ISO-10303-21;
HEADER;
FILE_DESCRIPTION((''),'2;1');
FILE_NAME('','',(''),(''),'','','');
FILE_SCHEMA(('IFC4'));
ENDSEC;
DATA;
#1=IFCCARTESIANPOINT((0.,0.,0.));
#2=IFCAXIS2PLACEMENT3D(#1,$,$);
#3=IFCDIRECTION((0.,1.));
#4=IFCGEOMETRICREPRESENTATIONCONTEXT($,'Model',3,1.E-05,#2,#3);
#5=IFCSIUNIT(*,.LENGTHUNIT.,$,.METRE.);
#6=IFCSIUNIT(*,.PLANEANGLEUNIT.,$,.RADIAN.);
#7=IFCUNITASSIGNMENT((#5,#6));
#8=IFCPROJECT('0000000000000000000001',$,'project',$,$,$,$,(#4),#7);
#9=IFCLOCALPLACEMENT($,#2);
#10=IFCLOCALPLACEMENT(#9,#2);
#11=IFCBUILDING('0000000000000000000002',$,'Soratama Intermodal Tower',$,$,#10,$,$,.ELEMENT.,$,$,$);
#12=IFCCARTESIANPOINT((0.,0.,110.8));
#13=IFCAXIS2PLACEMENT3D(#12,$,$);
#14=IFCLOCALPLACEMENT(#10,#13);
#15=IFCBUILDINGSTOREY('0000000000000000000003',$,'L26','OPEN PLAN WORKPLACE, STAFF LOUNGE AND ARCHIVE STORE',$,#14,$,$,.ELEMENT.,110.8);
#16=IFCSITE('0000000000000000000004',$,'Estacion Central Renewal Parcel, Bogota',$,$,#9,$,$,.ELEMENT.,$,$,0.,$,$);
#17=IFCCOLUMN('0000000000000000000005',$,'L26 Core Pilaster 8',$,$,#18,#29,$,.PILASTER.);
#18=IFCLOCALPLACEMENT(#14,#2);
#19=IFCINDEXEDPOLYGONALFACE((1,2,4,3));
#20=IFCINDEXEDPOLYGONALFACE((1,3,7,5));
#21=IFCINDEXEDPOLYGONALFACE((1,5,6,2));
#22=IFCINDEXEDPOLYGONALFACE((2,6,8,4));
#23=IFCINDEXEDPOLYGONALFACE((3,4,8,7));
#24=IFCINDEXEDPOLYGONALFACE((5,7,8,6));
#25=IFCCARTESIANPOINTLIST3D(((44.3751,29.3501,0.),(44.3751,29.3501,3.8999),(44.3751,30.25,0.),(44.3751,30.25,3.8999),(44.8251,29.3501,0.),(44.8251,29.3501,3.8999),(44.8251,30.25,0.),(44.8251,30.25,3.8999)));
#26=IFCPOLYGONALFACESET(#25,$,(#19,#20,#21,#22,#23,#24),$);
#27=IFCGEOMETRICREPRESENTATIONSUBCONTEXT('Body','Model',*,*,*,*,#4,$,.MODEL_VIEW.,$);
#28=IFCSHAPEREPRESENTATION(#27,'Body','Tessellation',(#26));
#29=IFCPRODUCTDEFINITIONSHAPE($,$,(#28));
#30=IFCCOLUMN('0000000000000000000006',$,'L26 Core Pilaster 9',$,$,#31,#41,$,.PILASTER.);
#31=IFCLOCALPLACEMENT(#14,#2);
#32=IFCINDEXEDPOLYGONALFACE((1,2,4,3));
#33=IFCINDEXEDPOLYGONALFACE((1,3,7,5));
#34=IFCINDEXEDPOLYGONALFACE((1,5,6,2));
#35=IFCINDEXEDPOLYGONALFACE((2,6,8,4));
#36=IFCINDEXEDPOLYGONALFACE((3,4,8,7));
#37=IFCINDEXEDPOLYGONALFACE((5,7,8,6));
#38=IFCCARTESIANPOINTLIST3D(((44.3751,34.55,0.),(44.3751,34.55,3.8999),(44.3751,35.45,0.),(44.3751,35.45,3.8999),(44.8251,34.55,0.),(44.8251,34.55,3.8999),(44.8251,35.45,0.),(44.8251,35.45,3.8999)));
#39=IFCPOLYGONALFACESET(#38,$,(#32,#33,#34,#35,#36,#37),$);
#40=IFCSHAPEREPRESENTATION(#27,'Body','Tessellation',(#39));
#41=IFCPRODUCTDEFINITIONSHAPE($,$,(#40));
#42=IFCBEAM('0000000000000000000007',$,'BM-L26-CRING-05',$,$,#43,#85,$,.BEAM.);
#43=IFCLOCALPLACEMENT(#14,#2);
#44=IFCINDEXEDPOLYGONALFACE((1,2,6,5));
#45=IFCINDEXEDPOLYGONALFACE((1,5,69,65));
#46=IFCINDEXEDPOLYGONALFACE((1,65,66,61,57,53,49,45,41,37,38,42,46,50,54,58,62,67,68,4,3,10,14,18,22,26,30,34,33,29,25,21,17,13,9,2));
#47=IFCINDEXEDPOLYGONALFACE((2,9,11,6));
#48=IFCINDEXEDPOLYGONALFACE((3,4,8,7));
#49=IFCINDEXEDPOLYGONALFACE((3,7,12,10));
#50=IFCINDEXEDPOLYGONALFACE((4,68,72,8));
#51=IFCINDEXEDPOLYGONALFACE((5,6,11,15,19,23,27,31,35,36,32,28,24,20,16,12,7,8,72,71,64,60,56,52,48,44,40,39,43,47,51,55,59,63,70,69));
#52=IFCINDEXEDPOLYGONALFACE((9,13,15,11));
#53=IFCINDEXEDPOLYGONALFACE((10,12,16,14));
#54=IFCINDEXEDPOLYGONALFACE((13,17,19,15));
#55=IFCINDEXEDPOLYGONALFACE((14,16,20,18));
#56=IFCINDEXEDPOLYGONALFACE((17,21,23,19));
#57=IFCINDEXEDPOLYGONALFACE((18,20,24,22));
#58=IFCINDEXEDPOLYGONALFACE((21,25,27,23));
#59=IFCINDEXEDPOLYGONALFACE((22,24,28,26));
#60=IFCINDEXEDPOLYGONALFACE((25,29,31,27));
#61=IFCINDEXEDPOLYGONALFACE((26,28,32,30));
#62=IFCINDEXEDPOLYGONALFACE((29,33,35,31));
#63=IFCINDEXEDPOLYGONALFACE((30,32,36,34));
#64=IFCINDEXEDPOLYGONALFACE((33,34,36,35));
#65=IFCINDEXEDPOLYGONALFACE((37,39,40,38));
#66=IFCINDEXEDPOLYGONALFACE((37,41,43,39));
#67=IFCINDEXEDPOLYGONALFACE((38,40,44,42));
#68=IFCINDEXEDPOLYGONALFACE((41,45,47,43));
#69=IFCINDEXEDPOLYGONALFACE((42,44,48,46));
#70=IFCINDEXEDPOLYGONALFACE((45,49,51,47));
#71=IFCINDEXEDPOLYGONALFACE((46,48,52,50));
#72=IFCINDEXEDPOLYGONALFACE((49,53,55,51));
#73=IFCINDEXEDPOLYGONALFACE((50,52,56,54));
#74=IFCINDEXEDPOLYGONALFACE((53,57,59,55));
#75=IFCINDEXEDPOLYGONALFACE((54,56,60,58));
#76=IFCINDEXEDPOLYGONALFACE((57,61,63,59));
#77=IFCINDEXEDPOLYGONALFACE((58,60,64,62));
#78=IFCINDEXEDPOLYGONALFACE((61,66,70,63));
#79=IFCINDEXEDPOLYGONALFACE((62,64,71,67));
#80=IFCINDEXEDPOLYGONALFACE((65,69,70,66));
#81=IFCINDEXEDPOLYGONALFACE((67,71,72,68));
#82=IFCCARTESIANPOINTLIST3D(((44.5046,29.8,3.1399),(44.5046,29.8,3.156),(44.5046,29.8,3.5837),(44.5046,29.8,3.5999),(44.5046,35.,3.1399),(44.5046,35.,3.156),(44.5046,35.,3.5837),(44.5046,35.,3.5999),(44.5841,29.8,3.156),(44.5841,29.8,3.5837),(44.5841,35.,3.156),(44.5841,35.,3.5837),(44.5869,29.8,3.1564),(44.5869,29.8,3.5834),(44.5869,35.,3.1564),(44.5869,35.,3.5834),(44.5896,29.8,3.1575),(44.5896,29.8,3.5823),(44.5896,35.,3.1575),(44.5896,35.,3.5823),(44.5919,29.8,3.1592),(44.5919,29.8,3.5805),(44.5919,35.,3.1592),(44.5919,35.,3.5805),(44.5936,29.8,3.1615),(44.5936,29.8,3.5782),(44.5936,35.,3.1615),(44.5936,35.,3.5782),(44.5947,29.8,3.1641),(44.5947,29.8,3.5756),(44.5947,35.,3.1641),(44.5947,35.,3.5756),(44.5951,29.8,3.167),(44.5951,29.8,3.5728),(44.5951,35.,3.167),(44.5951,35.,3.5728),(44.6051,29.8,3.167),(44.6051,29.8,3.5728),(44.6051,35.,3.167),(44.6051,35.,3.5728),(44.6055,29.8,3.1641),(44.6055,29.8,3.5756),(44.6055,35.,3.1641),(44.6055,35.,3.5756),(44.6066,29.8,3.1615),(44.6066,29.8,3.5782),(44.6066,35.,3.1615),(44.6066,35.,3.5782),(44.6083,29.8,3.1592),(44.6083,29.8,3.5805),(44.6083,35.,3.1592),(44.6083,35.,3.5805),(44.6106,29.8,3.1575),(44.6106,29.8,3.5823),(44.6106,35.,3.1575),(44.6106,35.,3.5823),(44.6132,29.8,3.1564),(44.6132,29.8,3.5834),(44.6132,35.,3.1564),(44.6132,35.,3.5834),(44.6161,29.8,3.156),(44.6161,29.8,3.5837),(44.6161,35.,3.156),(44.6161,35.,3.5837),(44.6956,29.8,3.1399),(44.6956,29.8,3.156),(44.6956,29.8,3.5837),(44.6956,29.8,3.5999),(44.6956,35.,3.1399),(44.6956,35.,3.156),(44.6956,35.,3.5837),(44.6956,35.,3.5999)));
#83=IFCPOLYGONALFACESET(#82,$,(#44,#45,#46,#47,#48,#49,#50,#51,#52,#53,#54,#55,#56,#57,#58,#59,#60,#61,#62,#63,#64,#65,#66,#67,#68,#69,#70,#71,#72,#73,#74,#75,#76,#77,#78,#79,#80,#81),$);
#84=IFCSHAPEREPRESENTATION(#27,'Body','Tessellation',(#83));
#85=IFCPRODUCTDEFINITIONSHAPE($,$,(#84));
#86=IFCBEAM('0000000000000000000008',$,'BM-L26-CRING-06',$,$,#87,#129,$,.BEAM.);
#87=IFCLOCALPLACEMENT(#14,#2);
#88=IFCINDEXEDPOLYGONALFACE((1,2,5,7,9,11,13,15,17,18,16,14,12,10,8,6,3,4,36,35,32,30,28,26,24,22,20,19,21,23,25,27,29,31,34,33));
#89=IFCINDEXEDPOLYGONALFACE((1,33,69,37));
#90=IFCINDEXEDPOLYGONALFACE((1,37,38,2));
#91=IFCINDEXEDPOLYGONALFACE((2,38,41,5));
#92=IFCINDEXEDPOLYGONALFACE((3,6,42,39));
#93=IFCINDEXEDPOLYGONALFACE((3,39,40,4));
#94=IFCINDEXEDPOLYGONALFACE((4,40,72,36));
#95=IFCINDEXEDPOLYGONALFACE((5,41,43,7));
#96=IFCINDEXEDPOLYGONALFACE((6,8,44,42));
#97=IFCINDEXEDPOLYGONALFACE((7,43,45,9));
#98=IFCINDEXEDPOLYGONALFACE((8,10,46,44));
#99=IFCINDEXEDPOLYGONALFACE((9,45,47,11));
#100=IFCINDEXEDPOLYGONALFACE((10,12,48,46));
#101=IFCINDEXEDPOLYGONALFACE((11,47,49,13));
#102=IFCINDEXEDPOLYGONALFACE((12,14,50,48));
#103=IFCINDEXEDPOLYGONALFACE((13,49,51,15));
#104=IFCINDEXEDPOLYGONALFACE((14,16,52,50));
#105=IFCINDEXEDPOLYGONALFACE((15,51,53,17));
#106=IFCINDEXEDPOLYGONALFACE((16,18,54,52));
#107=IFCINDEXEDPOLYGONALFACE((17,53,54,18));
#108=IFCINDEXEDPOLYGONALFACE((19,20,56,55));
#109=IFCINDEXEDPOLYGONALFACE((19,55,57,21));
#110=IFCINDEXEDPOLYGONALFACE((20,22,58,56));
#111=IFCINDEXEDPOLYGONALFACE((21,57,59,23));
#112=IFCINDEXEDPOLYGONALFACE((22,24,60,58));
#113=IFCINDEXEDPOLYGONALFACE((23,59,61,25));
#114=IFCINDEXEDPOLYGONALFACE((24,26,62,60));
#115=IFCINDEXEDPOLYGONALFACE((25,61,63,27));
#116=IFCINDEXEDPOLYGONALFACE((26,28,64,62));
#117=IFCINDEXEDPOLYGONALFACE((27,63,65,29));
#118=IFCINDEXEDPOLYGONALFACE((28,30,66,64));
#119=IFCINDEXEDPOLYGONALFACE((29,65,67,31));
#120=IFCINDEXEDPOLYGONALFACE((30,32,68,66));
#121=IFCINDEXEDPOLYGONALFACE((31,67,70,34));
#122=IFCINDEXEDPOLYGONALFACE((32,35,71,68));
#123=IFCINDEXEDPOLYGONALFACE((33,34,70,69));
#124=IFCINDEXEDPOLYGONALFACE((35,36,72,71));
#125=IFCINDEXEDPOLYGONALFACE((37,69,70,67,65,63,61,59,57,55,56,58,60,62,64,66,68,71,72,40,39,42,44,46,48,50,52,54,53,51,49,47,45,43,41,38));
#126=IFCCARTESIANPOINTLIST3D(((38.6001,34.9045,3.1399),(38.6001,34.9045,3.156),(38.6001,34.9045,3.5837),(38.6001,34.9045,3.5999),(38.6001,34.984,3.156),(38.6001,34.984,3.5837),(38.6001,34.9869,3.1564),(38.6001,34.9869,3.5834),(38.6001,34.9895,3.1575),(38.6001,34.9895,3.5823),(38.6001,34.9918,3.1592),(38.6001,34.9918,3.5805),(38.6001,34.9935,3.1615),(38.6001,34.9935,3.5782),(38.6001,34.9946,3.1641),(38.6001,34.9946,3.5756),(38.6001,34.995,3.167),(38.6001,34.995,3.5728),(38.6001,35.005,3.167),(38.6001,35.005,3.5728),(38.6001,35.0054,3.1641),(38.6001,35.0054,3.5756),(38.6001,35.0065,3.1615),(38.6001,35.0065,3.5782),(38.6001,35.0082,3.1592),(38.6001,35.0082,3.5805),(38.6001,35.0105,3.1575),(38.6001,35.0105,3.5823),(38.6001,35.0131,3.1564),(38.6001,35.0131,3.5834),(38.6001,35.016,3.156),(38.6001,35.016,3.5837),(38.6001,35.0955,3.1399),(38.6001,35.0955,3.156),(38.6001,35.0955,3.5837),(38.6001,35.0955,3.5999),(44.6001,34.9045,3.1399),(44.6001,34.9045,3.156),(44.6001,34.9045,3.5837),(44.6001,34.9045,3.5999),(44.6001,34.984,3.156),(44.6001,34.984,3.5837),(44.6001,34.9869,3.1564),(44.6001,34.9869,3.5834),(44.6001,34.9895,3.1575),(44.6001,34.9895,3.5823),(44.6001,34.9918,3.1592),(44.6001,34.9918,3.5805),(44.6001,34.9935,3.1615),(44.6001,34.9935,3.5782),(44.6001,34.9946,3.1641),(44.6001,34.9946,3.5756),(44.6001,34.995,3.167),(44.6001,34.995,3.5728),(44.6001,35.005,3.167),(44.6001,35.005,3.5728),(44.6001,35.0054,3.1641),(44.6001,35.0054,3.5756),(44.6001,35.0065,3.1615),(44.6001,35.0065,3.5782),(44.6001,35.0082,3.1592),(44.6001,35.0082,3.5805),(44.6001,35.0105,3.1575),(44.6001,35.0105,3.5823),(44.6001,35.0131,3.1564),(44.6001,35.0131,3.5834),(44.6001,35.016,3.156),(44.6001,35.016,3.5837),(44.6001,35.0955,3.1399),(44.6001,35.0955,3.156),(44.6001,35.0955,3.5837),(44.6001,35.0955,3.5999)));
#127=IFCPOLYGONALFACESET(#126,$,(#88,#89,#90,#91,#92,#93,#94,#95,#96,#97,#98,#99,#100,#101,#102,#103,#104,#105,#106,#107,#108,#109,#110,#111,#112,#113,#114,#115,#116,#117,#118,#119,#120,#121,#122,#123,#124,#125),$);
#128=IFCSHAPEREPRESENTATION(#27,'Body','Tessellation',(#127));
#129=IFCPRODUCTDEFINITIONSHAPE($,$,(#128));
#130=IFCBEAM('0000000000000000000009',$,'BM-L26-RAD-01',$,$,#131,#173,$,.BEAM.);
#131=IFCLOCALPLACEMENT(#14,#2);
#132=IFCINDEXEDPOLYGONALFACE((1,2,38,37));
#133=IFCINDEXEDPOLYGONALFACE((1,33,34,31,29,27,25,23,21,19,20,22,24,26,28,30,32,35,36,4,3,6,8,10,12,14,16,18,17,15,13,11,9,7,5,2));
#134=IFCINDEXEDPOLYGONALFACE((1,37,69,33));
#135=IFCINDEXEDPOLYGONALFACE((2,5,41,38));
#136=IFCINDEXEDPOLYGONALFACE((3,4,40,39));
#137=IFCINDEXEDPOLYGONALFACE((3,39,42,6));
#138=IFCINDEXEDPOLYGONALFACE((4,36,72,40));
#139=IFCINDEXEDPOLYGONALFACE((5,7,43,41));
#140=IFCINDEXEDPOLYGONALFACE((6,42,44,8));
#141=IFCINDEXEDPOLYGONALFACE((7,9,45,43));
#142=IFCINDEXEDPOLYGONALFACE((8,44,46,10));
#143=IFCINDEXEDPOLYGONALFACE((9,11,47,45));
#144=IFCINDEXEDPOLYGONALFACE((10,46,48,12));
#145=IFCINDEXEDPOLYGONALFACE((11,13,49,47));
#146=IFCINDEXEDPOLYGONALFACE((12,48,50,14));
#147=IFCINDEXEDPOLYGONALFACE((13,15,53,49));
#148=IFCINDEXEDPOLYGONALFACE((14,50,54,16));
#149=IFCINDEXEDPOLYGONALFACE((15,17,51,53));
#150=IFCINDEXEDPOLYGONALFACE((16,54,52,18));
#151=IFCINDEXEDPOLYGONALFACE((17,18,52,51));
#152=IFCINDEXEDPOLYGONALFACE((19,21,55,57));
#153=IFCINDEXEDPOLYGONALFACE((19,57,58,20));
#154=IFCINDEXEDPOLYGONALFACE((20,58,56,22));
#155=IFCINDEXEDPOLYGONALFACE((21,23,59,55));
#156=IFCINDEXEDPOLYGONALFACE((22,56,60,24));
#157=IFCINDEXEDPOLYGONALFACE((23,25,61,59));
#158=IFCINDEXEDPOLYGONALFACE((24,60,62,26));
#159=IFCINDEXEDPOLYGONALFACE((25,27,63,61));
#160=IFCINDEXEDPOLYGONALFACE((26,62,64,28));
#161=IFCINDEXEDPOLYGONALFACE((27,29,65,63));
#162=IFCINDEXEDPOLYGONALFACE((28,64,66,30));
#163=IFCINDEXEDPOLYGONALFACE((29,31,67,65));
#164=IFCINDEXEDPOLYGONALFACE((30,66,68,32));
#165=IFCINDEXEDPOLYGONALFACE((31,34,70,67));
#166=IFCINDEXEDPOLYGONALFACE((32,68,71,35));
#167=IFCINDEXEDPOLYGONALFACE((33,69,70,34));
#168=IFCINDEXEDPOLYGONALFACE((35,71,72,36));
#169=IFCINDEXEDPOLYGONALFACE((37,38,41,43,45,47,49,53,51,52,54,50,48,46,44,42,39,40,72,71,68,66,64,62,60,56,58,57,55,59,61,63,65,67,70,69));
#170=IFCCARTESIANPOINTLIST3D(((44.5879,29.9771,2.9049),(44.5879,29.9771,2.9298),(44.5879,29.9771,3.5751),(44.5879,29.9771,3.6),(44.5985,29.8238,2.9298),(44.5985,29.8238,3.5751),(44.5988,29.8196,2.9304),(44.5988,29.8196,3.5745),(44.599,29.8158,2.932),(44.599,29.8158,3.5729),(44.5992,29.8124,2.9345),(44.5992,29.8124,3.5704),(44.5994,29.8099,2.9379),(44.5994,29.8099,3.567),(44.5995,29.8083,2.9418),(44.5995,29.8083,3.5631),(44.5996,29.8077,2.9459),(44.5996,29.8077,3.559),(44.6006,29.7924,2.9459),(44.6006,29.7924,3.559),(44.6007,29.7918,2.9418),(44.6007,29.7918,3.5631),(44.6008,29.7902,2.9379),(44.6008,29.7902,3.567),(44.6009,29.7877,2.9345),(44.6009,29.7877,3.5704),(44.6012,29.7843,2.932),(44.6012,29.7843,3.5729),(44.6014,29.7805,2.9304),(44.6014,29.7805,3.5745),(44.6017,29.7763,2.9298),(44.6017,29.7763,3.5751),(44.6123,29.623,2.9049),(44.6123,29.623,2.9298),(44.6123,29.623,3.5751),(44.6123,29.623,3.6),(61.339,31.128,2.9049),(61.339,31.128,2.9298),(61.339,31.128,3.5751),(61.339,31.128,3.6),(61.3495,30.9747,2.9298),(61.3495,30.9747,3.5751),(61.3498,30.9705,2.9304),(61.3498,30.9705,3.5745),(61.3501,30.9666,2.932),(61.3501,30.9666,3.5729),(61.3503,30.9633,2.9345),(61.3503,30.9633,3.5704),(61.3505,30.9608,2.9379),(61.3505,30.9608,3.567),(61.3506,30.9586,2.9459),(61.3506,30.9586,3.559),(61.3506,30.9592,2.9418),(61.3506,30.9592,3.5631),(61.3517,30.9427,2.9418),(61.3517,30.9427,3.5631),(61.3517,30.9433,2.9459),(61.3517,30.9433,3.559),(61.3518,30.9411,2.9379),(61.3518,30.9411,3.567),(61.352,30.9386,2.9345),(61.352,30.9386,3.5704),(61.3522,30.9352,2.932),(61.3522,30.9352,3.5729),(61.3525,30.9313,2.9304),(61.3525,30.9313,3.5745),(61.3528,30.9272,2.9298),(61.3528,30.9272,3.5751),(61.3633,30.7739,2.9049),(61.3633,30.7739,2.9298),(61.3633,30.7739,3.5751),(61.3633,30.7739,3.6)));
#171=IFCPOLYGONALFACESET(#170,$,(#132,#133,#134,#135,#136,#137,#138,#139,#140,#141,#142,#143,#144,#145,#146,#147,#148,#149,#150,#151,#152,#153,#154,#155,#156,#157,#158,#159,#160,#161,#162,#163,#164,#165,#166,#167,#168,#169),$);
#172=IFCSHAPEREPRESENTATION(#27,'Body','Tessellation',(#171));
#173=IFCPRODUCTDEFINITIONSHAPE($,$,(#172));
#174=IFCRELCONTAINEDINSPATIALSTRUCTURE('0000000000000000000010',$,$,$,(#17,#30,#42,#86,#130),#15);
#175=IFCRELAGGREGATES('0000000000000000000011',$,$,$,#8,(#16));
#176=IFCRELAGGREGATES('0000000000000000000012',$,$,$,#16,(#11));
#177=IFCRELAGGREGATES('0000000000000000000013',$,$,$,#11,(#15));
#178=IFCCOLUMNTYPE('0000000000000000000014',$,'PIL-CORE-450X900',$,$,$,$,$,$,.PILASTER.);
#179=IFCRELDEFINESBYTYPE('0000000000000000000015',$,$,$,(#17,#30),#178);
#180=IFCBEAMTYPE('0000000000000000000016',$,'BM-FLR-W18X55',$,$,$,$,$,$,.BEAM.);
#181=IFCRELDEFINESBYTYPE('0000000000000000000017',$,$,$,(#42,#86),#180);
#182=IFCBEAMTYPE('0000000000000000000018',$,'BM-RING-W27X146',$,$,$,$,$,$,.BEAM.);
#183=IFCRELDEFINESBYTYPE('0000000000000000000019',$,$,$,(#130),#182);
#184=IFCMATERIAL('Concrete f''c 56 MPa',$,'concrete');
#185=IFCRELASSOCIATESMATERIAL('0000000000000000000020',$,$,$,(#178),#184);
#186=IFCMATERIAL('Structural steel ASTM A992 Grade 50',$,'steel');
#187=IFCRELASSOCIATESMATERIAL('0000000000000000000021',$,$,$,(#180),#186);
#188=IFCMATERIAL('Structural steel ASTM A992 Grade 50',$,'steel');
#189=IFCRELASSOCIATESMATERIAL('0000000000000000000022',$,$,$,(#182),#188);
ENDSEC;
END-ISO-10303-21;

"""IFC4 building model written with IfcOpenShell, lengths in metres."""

from ifc_helpers import new_model, si_unit, direction, frame, origin, origin_2d, place, context, subcontext, project, spatial, rectangle, i_section, extrude, material, material_profile, profile_set, type_object, element, save


model = new_model("IFC4")

# Units and contexts
model_context = context("Model", 3, precision=1e-05, world=origin(), true_north=direction((0.0, 1.0)))
body_context = subcontext(model_context, "Body", "Model", "MODEL_VIEW")
ifc_project = project(units=[si_unit("LENGTHUNIT", "METRE"), si_unit("PLANEANGLEUNIT", "RADIAN")], contexts=[model_context])

# Site, building, storey
site_placement = place(None, origin())
site = spatial("IfcSite", under=ifc_project, at=site_placement, Name="Estacion Central Renewal Parcel, Bogota", CompositionType="ELEMENT", RefElevation=0.0)
building_placement = place(site_placement, origin())
building = spatial("IfcBuilding", under=site, at=building_placement, Name="Soratama Intermodal Tower", CompositionType="ELEMENT")
storey_placement = place(building_placement, frame((0.0, 0.0, 110.8)))
storey = spatial("IfcBuildingStorey", under=building, at=storey_placement, Name="L26", Description="OPEN PLAN WORKPLACE, STAFF LOUNGE AND ARCHIVE STORE", CompositionType="ELEMENT", Elevation=110.8)

# Columns
ifc_material_1 = material(Name="Concrete f'c 56 MPa", Category="concrete")
ifc_material_profile_1 = material_profile(ifc_material_1, rectangle(XDim=0.45, YDim=0.8999, at=origin_2d()), Name="RC450X900")
ifc_profile_set_1 = profile_set([ifc_material_profile_1], Name="Concrete f'c 56 MPa")
column_type = type_object("IfcColumnType", Name="PIL-CORE-450X900", PredefinedType="PILASTER", material=ifc_profile_set_1)
for number, where, z_axis, x_axis, name in (
    (1, (44.6001, 29.8, 0.0), (0.0, 0.0, 1.0), (1.0, 0.0, 0.0), "L26 Core Pilaster 8"),
    (2, (44.6001, 35.0, 0.0), (0.0, 0.0, 1.0), (1.0, 0.0, 0.0), "L26 Core Pilaster 9"),
):
    element("IfcColumn", number, at=place(storey_placement, frame(where, z_axis=z_axis, x_axis=x_axis)), inside=storey, type_object=column_type, Name=name, PredefinedType="PILASTER", context=body_context, shape_type="SweptSolid", body=[
        extrude(rectangle(XDim=0.45, YDim=0.8999, at=origin_2d()), origin(), (0.0, 0.0, 1.0), 3.8999),
    ])

# Beams
ifc_material_2 = material(Name="Structural steel ASTM A992 Grade 50", Category="steel")
ifc_material_profile_2 = material_profile(ifc_material_2, i_section(OverallWidth=0.1909, OverallDepth=0.46, WebThickness=0.01, FlangeThickness=0.0161, FilletRadius=0.011, at=origin_2d()), Name="W18X55")
ifc_profile_set_2 = profile_set([ifc_material_profile_2], Name="Structural steel ASTM A992 Grade 50")
beam_type_1 = type_object("IfcBeamType", Name="BM-FLR-W18X55", PredefinedType="BEAM", material=ifc_profile_set_2)
beam_1_placement = place(storey_placement, frame((44.6001, 29.8, 3.3699), z_axis=(0.0, 1.0, 0.0), x_axis=(-1.0, 0.0, 0.0)))
element("IfcBeam", 3, at=beam_1_placement, inside=storey, type_object=beam_type_1, Name="BM-L26-CRING-05", PredefinedType="BEAM", context=body_context, shape_type="SweptSolid", body=[
    extrude(i_section(OverallWidth=0.1909, OverallDepth=0.46, WebThickness=0.01, FlangeThickness=0.0161, FilletRadius=0.011, at=origin_2d()), origin(), (0.0, 0.0, 1.0), 5.2),
])
beam_2_placement = place(storey_placement, frame((44.6001, 35.0, 3.3699), z_axis=(-1.0, 0.0, 0.0), x_axis=(0.0, -1.0, 0.0)))
element("IfcBeam", 4, at=beam_2_placement, inside=storey, type_object=beam_type_1, Name="BM-L26-CRING-06", PredefinedType="BEAM", context=body_context, shape_type="SweptSolid", body=[
    extrude(i_section(OverallWidth=0.1909, OverallDepth=0.46, WebThickness=0.01, FlangeThickness=0.0161, FilletRadius=0.011, at=origin_2d()), origin(), (0.0, 0.0, 1.0), 6.0),
])
ifc_material_3 = material(Name="Structural steel ASTM A992 Grade 50", Category="steel")
ifc_material_profile_3 = material_profile(ifc_material_3, i_section(OverallWidth=0.355, OverallDepth=0.6951, WebThickness=0.0154, FlangeThickness=0.0249, FilletRadius=0.0161, at=origin_2d()), Name="W27X146")
ifc_profile_set_3 = profile_set([ifc_material_profile_3], Name="Structural steel ASTM A992 Grade 50")
beam_type_2 = type_object("IfcBeamType", Name="BM-RING-W27X146", PredefinedType="BEAM", material=ifc_profile_set_3)
beam_3_placement = place(storey_placement, frame((44.6001, 29.8, 3.2524), z_axis=(0.997648, 0.068544, 0.0), x_axis=(-0.068544, 0.997648, 0.0)))
element("IfcBeam", 5, at=beam_3_placement, inside=storey, type_object=beam_type_2, Name="BM-L26-RAD-01", PredefinedType="BEAM", context=body_context, shape_type="SweptSolid", body=[
    extrude(i_section(OverallWidth=0.355, OverallDepth=0.6951, WebThickness=0.0154, FlangeThickness=0.0249, FilletRadius=0.0161, at=origin_2d()), origin(), (0.0, 0.0, 1.0), 16.7905),
])

save(model, "model.ifc")
